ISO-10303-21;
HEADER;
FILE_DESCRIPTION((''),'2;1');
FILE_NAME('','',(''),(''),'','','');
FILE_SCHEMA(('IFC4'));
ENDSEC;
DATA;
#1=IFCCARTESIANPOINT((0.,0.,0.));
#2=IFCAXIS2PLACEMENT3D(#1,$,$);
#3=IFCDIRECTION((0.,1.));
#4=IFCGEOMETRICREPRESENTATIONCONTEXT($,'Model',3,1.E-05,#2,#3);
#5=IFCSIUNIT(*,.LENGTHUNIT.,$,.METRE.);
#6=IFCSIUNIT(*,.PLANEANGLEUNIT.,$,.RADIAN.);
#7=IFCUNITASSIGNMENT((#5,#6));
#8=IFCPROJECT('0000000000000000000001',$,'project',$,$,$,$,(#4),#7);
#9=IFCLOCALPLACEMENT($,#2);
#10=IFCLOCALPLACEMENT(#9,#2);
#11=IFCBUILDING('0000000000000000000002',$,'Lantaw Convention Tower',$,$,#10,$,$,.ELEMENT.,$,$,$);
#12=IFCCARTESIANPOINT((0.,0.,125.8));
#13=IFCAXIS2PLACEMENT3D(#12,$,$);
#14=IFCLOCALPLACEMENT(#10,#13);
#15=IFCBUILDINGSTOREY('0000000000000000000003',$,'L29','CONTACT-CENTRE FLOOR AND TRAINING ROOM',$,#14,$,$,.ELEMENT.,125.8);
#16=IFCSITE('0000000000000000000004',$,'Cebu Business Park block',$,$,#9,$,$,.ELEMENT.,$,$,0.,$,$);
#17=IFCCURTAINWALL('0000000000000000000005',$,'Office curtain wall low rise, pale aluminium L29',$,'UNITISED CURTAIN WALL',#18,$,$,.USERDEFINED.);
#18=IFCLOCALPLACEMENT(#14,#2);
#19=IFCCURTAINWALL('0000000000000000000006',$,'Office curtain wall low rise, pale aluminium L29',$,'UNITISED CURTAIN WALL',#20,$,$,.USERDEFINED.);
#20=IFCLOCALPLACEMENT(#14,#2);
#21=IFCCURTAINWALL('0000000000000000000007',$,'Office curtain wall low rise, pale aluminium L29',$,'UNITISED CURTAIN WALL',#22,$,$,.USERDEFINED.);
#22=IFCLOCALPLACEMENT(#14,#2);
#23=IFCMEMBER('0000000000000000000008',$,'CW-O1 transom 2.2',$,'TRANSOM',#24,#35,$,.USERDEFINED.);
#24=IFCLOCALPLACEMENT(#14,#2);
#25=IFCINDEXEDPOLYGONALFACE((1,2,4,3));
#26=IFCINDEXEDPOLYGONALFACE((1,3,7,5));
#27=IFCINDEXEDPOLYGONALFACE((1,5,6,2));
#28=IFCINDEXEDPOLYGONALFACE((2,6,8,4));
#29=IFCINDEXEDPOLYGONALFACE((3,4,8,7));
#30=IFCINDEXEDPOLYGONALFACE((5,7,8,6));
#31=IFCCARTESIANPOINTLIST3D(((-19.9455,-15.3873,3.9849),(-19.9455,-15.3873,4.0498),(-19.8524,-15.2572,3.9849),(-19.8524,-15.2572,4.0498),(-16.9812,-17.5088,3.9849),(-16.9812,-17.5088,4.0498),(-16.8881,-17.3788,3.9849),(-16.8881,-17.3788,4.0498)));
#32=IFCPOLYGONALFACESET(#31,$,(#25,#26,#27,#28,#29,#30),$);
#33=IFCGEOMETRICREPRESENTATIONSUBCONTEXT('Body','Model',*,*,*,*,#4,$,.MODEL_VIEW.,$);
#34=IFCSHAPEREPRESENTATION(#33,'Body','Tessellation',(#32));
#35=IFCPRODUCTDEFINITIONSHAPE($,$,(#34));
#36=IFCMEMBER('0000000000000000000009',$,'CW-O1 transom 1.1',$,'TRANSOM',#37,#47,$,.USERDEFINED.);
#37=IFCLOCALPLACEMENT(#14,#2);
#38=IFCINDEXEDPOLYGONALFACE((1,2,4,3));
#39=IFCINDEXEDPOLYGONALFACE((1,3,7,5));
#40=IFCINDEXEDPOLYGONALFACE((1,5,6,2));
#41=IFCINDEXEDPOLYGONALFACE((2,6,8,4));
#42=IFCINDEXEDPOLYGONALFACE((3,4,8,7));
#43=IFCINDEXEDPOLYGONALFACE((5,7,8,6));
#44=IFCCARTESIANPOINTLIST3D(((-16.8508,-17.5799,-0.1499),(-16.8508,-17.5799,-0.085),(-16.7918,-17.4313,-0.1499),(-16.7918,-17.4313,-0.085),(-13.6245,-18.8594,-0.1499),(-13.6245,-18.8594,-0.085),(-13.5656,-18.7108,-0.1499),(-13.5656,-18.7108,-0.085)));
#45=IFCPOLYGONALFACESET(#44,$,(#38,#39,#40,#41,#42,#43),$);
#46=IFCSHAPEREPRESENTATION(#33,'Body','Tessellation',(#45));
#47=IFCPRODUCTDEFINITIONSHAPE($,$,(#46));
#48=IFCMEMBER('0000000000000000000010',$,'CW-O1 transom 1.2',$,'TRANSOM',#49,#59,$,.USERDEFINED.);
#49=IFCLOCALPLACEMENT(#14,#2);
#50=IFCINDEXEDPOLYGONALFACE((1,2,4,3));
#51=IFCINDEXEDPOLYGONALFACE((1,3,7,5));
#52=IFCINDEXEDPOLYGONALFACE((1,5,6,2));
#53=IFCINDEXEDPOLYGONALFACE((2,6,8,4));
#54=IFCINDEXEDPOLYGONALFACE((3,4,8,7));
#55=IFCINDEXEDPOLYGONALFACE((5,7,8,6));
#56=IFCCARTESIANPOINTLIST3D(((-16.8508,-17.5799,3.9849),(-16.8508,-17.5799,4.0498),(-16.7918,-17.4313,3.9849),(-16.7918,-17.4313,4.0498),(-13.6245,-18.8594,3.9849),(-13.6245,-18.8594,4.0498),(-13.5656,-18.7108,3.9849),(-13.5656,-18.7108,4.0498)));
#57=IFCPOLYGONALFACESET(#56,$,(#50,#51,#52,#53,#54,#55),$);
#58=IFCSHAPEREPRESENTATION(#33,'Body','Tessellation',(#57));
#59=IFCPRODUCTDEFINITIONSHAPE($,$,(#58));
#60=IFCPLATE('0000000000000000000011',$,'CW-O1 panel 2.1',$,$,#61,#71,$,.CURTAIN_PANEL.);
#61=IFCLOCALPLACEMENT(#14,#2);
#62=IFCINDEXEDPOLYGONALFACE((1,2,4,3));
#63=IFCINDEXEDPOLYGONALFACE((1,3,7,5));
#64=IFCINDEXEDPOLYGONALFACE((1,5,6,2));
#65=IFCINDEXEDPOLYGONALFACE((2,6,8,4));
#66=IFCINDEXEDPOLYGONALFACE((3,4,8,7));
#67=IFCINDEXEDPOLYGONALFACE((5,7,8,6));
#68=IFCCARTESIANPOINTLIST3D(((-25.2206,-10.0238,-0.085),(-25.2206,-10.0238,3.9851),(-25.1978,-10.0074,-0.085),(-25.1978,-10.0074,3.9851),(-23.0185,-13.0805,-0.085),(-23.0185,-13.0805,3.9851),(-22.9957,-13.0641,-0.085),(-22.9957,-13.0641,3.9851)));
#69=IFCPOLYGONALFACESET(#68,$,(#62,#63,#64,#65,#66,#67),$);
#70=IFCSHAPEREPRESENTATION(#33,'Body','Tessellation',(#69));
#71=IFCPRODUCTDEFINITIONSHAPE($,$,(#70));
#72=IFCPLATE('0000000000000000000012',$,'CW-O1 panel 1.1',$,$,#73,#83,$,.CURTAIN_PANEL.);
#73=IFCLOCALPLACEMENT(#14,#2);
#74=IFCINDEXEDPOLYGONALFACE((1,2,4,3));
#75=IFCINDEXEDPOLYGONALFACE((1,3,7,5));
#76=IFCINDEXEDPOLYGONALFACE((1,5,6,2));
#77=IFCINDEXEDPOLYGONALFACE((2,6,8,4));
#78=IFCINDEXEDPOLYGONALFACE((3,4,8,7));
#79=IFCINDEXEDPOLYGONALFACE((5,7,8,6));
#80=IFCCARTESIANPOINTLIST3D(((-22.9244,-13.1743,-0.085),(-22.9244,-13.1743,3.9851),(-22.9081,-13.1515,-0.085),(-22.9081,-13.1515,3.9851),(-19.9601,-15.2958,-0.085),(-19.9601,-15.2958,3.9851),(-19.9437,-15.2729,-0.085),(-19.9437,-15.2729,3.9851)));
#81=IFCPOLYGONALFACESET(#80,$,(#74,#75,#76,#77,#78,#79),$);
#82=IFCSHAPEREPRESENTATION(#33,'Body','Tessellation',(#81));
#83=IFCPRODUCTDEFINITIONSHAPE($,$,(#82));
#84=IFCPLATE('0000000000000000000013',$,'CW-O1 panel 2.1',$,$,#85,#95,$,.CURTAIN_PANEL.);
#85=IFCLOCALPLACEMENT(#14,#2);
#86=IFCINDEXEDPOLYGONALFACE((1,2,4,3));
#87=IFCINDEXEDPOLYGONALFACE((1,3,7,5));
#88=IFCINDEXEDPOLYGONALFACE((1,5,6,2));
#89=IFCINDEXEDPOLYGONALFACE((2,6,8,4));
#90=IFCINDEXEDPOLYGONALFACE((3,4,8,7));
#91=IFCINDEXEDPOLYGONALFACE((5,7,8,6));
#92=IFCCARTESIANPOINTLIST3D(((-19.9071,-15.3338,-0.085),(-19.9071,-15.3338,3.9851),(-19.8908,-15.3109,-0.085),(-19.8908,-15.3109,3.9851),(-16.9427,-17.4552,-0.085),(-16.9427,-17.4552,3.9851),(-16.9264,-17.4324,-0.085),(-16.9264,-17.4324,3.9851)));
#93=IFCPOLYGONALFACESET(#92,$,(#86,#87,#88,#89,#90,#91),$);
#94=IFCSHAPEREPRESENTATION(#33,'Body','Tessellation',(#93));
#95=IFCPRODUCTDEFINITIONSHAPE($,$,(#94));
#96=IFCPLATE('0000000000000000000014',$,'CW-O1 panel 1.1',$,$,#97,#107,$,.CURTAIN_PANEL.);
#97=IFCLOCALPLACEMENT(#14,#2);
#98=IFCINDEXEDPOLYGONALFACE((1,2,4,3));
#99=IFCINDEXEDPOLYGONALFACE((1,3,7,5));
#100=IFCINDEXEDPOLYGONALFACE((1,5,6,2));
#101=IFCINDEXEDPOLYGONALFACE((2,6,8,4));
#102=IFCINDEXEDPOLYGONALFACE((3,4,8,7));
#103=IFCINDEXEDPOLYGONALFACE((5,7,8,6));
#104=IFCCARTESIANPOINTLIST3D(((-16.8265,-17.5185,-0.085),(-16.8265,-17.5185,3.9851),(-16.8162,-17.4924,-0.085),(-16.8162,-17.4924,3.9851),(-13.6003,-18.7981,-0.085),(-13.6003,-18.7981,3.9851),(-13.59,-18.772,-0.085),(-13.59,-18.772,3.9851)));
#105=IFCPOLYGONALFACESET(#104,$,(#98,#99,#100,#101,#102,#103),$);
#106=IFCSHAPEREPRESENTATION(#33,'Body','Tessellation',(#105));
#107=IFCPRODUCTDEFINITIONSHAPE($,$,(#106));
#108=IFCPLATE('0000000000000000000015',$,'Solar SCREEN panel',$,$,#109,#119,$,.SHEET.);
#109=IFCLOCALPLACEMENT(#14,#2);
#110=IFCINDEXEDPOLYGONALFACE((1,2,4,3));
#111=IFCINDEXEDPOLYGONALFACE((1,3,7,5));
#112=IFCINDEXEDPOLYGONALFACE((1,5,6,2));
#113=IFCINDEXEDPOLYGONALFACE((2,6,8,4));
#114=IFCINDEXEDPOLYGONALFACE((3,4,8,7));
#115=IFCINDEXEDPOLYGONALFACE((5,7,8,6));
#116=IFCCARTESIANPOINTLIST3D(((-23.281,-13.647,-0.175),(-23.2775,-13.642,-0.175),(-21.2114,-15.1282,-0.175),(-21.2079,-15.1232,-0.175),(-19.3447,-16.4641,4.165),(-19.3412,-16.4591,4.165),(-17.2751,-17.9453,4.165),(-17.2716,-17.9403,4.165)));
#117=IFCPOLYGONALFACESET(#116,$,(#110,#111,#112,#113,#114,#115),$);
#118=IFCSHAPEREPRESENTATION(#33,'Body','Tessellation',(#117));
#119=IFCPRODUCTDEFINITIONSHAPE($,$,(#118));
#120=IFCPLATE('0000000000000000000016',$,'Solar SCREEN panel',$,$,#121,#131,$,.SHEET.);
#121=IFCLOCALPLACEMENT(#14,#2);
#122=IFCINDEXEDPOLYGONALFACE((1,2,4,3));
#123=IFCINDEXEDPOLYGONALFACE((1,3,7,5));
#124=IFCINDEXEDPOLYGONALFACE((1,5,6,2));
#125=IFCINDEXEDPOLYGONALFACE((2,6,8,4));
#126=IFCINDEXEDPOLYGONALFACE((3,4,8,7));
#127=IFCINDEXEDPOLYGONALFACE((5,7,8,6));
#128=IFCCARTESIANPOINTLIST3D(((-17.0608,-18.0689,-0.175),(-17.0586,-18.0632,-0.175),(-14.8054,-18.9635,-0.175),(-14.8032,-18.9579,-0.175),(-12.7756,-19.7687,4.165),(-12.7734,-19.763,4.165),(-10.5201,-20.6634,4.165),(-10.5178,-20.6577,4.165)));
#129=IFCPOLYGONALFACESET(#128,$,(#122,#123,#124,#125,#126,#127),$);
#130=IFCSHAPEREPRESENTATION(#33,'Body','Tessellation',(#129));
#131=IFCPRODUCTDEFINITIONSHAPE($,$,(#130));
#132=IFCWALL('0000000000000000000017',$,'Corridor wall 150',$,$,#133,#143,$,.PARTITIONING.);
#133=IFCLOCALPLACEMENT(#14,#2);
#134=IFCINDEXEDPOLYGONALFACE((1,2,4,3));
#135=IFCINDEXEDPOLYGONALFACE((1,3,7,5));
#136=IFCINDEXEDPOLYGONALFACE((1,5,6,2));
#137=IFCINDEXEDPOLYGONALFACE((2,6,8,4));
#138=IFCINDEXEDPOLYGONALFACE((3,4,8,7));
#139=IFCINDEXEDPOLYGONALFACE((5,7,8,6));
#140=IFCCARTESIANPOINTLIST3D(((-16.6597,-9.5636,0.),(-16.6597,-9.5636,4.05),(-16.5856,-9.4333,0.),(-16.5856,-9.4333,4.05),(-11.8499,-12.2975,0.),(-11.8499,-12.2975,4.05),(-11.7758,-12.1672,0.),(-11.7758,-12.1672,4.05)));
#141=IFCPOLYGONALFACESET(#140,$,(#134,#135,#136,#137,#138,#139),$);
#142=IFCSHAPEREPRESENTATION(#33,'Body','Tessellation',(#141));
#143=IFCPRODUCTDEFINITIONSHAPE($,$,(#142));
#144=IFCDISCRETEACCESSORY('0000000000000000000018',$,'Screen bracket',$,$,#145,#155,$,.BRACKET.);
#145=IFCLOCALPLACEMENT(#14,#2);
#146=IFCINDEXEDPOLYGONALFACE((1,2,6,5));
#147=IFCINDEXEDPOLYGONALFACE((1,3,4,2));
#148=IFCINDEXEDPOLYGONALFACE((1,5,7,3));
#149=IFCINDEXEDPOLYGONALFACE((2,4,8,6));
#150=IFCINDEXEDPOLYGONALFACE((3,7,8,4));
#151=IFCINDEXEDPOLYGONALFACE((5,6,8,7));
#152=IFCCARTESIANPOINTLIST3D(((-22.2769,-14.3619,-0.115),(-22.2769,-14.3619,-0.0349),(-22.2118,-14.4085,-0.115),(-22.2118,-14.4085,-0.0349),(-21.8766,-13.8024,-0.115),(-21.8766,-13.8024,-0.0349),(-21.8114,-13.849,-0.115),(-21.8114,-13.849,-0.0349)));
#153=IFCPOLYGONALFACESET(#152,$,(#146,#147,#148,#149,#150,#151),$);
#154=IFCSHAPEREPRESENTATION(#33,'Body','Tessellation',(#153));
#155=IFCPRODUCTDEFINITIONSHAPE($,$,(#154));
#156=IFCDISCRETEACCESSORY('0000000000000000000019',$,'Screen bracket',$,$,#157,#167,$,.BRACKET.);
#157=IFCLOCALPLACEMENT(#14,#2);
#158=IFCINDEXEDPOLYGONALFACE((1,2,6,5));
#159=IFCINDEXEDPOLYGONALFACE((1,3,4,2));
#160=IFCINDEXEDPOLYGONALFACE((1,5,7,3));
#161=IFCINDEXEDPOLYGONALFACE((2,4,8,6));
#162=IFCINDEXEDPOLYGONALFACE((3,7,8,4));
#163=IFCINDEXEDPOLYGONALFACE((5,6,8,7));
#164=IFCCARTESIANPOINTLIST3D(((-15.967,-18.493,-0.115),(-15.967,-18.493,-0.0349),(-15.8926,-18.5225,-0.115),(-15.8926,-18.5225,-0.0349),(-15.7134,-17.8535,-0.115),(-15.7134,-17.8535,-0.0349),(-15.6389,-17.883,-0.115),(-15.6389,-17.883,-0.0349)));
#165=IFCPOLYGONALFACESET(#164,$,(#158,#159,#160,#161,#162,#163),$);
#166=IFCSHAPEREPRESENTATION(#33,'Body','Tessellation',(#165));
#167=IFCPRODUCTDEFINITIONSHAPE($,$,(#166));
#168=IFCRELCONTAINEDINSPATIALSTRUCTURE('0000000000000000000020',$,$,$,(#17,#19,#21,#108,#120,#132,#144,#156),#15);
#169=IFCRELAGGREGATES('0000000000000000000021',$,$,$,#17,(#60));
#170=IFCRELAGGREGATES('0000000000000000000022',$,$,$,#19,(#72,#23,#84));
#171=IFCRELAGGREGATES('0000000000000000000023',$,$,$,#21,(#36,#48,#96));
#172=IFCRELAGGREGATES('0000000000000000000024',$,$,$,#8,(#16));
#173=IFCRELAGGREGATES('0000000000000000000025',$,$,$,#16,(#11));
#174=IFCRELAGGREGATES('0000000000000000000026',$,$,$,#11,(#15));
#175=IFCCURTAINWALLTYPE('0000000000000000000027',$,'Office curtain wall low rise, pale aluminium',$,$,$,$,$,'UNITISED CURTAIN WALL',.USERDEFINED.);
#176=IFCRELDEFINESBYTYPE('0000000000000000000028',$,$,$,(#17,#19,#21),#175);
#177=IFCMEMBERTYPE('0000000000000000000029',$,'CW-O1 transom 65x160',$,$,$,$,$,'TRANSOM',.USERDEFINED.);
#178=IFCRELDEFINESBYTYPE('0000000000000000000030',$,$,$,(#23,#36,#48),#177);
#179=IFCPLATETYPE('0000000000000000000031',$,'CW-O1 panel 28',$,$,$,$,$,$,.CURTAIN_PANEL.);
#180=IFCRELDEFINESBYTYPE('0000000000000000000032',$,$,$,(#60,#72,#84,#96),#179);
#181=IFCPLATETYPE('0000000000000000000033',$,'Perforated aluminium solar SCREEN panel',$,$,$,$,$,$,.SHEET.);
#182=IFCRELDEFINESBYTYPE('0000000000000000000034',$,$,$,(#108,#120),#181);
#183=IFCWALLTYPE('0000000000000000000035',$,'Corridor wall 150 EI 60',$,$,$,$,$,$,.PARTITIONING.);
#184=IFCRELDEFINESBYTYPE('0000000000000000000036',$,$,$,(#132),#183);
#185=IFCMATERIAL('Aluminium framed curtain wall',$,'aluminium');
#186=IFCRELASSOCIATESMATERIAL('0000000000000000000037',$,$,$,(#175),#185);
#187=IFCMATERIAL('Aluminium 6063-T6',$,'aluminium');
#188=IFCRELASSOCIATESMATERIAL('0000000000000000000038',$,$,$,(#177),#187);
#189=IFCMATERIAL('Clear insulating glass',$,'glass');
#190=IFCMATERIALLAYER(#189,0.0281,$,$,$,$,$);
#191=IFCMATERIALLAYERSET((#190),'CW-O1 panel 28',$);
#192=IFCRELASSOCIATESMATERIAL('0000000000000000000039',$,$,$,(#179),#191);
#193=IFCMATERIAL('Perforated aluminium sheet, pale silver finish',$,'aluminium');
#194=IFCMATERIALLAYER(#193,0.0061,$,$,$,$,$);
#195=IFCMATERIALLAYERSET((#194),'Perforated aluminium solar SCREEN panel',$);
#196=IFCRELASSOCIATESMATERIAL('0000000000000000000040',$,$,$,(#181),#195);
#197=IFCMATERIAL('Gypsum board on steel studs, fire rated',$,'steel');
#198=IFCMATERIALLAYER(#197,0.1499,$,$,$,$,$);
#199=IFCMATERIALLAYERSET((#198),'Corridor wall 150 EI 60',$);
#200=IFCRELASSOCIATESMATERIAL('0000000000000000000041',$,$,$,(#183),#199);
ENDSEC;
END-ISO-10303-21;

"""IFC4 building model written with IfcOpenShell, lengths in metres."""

from ifc_helpers import new_model, si_unit, direction, frame, frame_2d, origin, origin_2d, place, context, subcontext, project, spatial, polyline, rectangle, outline, extrude, material, layer, layer_set, material_profile, profile_set, type_object, element, aggregate, save


model = new_model("IFC4")

# Units and contexts
model_context = context("Model", 3, precision=1e-05, world=origin(), true_north=direction((0.0, 1.0)))
body_context = subcontext(model_context, "Body", "Model", "MODEL_VIEW")
ifc_project = project(units=[si_unit("LENGTHUNIT", "METRE"), si_unit("PLANEANGLEUNIT", "RADIAN")], contexts=[model_context])

# Site, building, storey
site_placement = place(None, origin())
site = spatial("IfcSite", under=ifc_project, at=site_placement, Name="Cebu Business Park block", CompositionType="ELEMENT", RefElevation=0.0)
building_placement = place(site_placement, origin())
building = spatial("IfcBuilding", under=site, at=building_placement, Name="Lantaw Convention Tower", CompositionType="ELEMENT")
storey_placement = place(building_placement, frame((0.0, 0.0, 125.8)))
storey = spatial("IfcBuildingStorey", under=building, at=storey_placement, Name="L29", Description="CONTACT-CENTRE FLOOR AND TRAINING ROOM", CompositionType="ELEMENT", Elevation=125.8)

# Curtain walls
ifc_material_1 = material(Name="Aluminium framed curtain wall", Category="aluminium")
curtain_wall_type = type_object("IfcCurtainWallType", Name="Office curtain wall low rise, pale aluminium", ElementType="UNITISED CURTAIN WALL", PredefinedType="USERDEFINED", material=ifc_material_1)
curtain_wall_1_placement = place(storey_placement, origin())
curtain_wall_1 = element("IfcCurtainWall", 1, at=curtain_wall_1_placement, inside=storey, type_object=curtain_wall_type, Name="Office curtain wall low rise, pale aluminium L29", ObjectType="UNITISED CURTAIN WALL", PredefinedType="USERDEFINED")
ifc_material_2 = material(Name="Aluminium 6063-T6", Category="aluminium")
curtain_wall_2_placement = place(storey_placement, origin())
curtain_wall_2 = element("IfcCurtainWall", 2, at=curtain_wall_2_placement, inside=storey, type_object=curtain_wall_type, Name="Office curtain wall low rise, pale aluminium L29", ObjectType="UNITISED CURTAIN WALL", PredefinedType="USERDEFINED")

# Curtain wall
curtain_wall_3_placement = place(storey_placement, origin())
curtain_wall_3 = element("IfcCurtainWall", 3, at=curtain_wall_3_placement, inside=storey, type_object=curtain_wall_type, Name="Office curtain wall low rise, pale aluminium L29", ObjectType="UNITISED CURTAIN WALL", PredefinedType="USERDEFINED")

# Members
ifc_material_profile_1 = material_profile(ifc_material_2, rectangle(XDim=0.1599, YDim=0.0649, at=origin_2d()), Name="CW-O1 transom 65x160")
ifc_profile_set_1 = profile_set([ifc_material_profile_1], Name="Aluminium 6063-T6")
member_type_1 = type_object("IfcMemberType", Name="CW-O1 transom 65x160", ElementType="TRANSOM", PredefinedType="USERDEFINED", material=ifc_profile_set_1)
member_1_placement = place(storey_placement, frame((-19.8989, -15.3223, 4.0173), z_axis=(0.81319, -0.581998, 0.0), x_axis=(0.581998, 0.81319, 0.0)))
member_1 = element("IfcMember", 4, at=member_1_placement, type_object=member_type_1, Name="CW-O1 transom 2.2", ObjectType="TRANSOM", PredefinedType="USERDEFINED", context=body_context, shape_type="SweptSolid", body=[
    extrude(rectangle(XDim=0.1599, YDim=0.0649, at=origin_2d()), origin(), (0.0, 0.0, 1.0), 3.6453),
])
member_2_placement = place(storey_placement, frame((-16.8213, -17.5056, -0.1174), z_axis=(0.929564, -0.36866, 0.0), x_axis=(0.36866, 0.929564, 0.0)))
member_2 = element("IfcMember", 5, at=member_2_placement, type_object=member_type_1, Name="CW-O1 transom 1.1", ObjectType="TRANSOM", PredefinedType="USERDEFINED", context=body_context, shape_type="SweptSolid", body=[
    extrude(rectangle(XDim=0.1599, YDim=0.0649, at=origin_2d()), origin(), (0.0, 0.0, 1.0), 3.4707),
])
member_3_placement = place(storey_placement, frame((-16.8213, -17.5056, 4.0173), z_axis=(0.929564, -0.36866, 0.0), x_axis=(0.36866, 0.929564, 0.0)))
member_3 = element("IfcMember", 6, at=member_3_placement, type_object=member_type_1, Name="CW-O1 transom 1.2", ObjectType="TRANSOM", PredefinedType="USERDEFINED", context=body_context, shape_type="SweptSolid", body=[
    extrude(rectangle(XDim=0.1599, YDim=0.0649, at=origin_2d()), origin(), (0.0, 0.0, 1.0), 3.4707),
])

# Plates
ifc_material_3 = material(Name="Clear insulating glass", Category="glass")
ifc_layer_1 = layer(ifc_material_3, 0.0281)
ifc_layer_set_1 = layer_set([ifc_layer_1], Name="CW-O1 panel 28")
plate_type_1 = type_object("IfcPlateType", Name="CW-O1 panel 28", PredefinedType="CURTAIN_PANEL", material=ifc_layer_set_1)
plate_1_placement = place(storey_placement, frame((-24.1082, -11.5439, -0.085), z_axis=(0.0, 0.0, 1.0), x_axis=(0.584513, -0.811385, 0.0)))
plate_1 = element("IfcPlate", 7, at=plate_1_placement, type_object=plate_type_1, Name="CW-O1 panel 2.1", PredefinedType="CURTAIN_PANEL", context=body_context, shape_type="SweptSolid", body=[
    extrude(rectangle(XDim=3.7673, YDim=0.0281, at=origin_2d()), origin(), (0.0, 0.0, 1.0), 4.0701),
])
aggregate(curtain_wall_1, [plate_1])
plate_2_placement = place(storey_placement, frame((-21.4341, -14.2236, -0.085), z_axis=(0.0, 0.0, 1.0), x_axis=(0.813208, -0.581973, 0.0)))
plate_2 = element("IfcPlate", 8, at=plate_2_placement, type_object=plate_type_1, Name="CW-O1 panel 1.1", PredefinedType="CURTAIN_PANEL", context=body_context, shape_type="SweptSolid", body=[
    extrude(rectangle(XDim=3.6453, YDim=0.0281, at=origin_2d()), origin(), (0.0, 0.0, 1.0), 4.0701),
])
plate_3_placement = place(storey_placement, frame((-18.4167, -16.3831, -0.085), z_axis=(0.0, 0.0, 1.0), x_axis=(0.813208, -0.581973, 0.0)))
plate_3 = element("IfcPlate", 9, at=plate_3_placement, type_object=plate_type_1, Name="CW-O1 panel 2.1", PredefinedType="CURTAIN_PANEL", context=body_context, shape_type="SweptSolid", body=[
    extrude(rectangle(XDim=3.6453, YDim=0.0281, at=origin_2d()), origin(), (0.0, 0.0, 1.0), 4.0701),
])
aggregate(curtain_wall_2, [plate_2, member_1, plate_3])
plate_4_placement = place(storey_placement, frame((-15.2083, -18.1453, -0.085), z_axis=(0.0, 0.0, 1.0), x_axis=(0.929548, -0.368702, 0.0)))
plate_4 = element("IfcPlate", 10, at=plate_4_placement, type_object=plate_type_1, Name="CW-O1 panel 1.1", PredefinedType="CURTAIN_PANEL", context=body_context, shape_type="SweptSolid", body=[
    extrude(rectangle(XDim=3.4707, YDim=0.0281, at=origin_2d()), origin(), (0.0, 0.0, 1.0), 4.0701),
])
aggregate(curtain_wall_3, [member_2, member_3, plate_4])

# Plates
ifc_material_4 = material(Name="Perforated aluminium sheet, pale silver finish", Category="aluminium")
ifc_layer_2 = layer(ifc_material_4, 0.0061)
ifc_layer_set_2 = layer_set([ifc_layer_2], Name="Perforated aluminium solar SCREEN panel")
plate_type_2 = type_object("IfcPlateType", Name="Perforated aluminium solar SCREEN panel", PredefinedType="SHEET", material=ifc_layer_set_2)
plate_5_placement = place(storey_placement, frame((-23.281, -13.647, -0.175), z_axis=(-0.582, -0.813189, 0.000012), x_axis=(0.813189, -0.582, 0.0)))
element("IfcPlate", 11, at=plate_5_placement, inside=storey, type_object=plate_type_2, Name="Solar SCREEN panel", PredefinedType="SHEET", context=body_context, shape_type="SweptSolid", body=[
    extrude(outline(polyline([(0.0, 0.0), (2.545, 0.0), (7.3855, 4.3401), (4.8405, 4.3401), (0.0, 0.0)])), origin(), (0.0, 0.0, -1.0), 0.0061),
])
plate_6_placement = place(storey_placement, frame((-17.0586, -18.0632, -0.175), z_axis=(0.368709, 0.929545, 0.000011), x_axis=(0.929545, -0.368709, 0.0)))
element("IfcPlate", 12, at=plate_6_placement, inside=storey, type_object=plate_type_2, Name="Solar SCREEN panel", PredefinedType="SHEET", context=body_context, shape_type="SweptSolid", body=[
    extrude(outline(polyline([(0.0, 0.0), (2.4264, 0.0), (7.0365, -4.3401), (4.61, -4.3401), (0.0, 0.0)])), origin(), (0.0, 0.0, -1.0), 0.0061),
])

# Wall
ifc_material_5 = material(Name="Gypsum board on steel studs, fire rated", Category="steel")
ifc_layer_3 = layer(ifc_material_5, 0.1499)
ifc_layer_set_3 = layer_set([ifc_layer_3], Name="Corridor wall 150 EI 60")
wall_type = type_object("IfcWallType", Name="Corridor wall 150 EI 60", PredefinedType="PARTITIONING", material=ifc_layer_set_3)
wall_placement = place(storey_placement, frame((-16.6226, -9.4985, 0.0), z_axis=(0.0, 0.0, 1.0), x_axis=(0.869376, -0.494151, 0.0)))
element("IfcWall", 13, at=wall_placement, inside=storey, type_object=wall_type, Name="Corridor wall 150", PredefinedType="PARTITIONING", context=body_context, shape_type="SweptSolid", body=[
    extrude(rectangle(XDim=5.5325, YDim=0.1499, at=frame_2d((2.7661, 0.0))), origin(), (0.0, 0.0, 1.0), 4.05),
])

# Discrete accessories
for number, where, z_axis, x_axis, name in (
    (14, (-22.0442, -14.1055, -0.115), (0.0, 0.0, 1.0), (0.813208, -0.581973, 0.0), "Screen bracket"),
    (15, (-15.803, -18.188, -0.115), (0.0, 0.0, 1.0), (0.929548, -0.368702, 0.0), "Screen bracket"),
):
    element("IfcDiscreteAccessory", number, at=place(storey_placement, frame(where, z_axis=z_axis, x_axis=x_axis)), inside=storey, Name=name, PredefinedType="BRACKET", context=body_context, shape_type="SweptSolid", body=[
        extrude(rectangle(XDim=0.0801, YDim=0.688, at=origin_2d()), origin(), (0.0, 0.0, 1.0), 0.0801),
    ])

save(model, "model.ifc")
